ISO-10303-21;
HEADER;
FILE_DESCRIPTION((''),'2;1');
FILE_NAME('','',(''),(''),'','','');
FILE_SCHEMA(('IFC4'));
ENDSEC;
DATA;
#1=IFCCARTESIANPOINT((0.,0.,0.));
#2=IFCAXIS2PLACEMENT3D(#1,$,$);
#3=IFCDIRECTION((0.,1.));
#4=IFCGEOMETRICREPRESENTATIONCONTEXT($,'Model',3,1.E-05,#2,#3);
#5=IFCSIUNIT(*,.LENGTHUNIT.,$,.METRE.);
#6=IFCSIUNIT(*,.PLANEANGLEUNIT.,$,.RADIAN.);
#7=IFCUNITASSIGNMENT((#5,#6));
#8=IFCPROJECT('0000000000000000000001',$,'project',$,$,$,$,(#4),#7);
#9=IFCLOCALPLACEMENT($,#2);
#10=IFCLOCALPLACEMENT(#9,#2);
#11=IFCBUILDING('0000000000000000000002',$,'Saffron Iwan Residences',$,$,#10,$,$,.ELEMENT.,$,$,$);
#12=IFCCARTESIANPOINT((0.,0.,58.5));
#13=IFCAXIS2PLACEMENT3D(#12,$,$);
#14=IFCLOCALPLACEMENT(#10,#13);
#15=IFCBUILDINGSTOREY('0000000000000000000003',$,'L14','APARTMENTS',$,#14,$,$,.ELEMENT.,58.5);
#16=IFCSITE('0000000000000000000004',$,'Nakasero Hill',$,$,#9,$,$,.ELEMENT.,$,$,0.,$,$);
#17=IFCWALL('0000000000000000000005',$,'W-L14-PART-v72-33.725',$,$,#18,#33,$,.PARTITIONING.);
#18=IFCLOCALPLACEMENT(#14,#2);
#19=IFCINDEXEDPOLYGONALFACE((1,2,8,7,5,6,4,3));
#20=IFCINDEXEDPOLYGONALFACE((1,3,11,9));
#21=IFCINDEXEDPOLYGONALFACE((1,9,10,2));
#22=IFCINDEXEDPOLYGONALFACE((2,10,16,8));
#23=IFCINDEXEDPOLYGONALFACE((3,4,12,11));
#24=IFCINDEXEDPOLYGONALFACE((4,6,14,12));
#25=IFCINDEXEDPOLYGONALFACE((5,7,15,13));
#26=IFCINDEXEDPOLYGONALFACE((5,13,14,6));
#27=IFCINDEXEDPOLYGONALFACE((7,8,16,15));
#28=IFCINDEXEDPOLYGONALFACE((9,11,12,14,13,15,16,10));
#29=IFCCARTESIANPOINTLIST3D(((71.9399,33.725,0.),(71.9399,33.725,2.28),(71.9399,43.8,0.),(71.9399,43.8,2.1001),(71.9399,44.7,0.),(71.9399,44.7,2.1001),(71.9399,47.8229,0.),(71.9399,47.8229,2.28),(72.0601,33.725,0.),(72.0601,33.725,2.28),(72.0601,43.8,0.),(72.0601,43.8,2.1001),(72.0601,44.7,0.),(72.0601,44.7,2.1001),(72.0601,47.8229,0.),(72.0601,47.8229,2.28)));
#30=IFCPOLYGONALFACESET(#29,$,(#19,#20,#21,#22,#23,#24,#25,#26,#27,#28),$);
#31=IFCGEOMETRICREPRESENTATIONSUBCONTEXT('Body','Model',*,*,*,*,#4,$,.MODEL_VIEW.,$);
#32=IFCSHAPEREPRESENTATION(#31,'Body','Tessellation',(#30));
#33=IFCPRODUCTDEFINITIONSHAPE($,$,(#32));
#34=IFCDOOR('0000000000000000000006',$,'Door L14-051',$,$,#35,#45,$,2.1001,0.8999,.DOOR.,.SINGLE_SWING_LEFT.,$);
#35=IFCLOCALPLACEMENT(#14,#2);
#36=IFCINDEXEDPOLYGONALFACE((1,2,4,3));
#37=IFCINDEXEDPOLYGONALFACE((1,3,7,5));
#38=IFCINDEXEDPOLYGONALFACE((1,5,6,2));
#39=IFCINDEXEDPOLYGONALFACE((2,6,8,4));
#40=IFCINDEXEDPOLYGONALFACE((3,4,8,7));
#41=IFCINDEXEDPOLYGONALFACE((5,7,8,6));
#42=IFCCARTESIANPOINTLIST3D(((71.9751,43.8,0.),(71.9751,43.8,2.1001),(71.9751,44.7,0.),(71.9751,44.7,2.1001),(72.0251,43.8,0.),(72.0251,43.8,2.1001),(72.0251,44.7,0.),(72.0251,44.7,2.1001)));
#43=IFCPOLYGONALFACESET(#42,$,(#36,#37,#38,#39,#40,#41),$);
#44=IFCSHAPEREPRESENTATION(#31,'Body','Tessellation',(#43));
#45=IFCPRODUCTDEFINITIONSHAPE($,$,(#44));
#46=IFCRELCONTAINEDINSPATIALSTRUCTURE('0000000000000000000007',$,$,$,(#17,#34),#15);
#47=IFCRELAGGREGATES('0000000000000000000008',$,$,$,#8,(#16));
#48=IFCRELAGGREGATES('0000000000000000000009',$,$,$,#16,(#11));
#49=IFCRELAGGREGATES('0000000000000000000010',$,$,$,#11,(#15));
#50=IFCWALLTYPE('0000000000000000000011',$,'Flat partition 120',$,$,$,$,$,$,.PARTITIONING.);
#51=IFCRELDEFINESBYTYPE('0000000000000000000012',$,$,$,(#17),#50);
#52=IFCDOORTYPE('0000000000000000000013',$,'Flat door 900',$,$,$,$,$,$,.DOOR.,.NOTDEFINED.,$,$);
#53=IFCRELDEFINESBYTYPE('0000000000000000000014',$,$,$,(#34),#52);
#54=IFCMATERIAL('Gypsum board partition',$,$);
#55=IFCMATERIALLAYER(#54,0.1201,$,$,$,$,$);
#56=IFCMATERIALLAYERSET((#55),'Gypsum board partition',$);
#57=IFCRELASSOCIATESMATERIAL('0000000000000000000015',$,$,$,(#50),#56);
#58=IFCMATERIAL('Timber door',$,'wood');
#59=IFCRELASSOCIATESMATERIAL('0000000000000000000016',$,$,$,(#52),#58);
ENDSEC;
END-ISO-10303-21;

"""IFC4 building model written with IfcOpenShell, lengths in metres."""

from ifc_helpers import new_model, si_unit, direction, frame, frame_2d, origin, place, context, subcontext, project, spatial, rectangle, extrude, material, layer, layer_set, type_object, element, fill, save


model = new_model("IFC4")

# Units and contexts
model_context = context("Model", 3, precision=1e-05, world=origin(), true_north=direction((0.0, 1.0)))
body_context = subcontext(model_context, "Body", "Model", "MODEL_VIEW")
ifc_project = project(units=[si_unit("LENGTHUNIT", "METRE"), si_unit("PLANEANGLEUNIT", "RADIAN")], contexts=[model_context])

# Site, building, storey
site_placement = place(None, origin())
site = spatial("IfcSite", under=ifc_project, at=site_placement, Name="Nakasero Hill", CompositionType="ELEMENT", RefElevation=0.0)
building_placement = place(site_placement, origin())
building = spatial("IfcBuilding", under=site, at=building_placement, Name="Saffron Iwan Residences", CompositionType="ELEMENT")
storey_placement = place(building_placement, frame((0.0, 0.0, 58.5)))
storey = spatial("IfcBuildingStorey", under=building, at=storey_placement, Name="L14", Description="APARTMENTS", CompositionType="ELEMENT", Elevation=58.5)

# Shared definitions
ifc_material_1 = material(Name="Gypsum board partition")
ifc_layer_1 = layer(ifc_material_1, 0.1201)
ifc_layer_set_1 = layer_set([ifc_layer_1], Name="Gypsum board partition")
wall_type_1 = type_object("IfcWallType", Name="Flat partition 120", PredefinedType="PARTITIONING", material=ifc_layer_set_1)

# Wall, opening, door
wall_1_placement = place(storey_placement, frame((72.0, 33.7251, 0.0), z_axis=(0.0, 0.0, 1.0), x_axis=(0.0, 1.0, 0.0)))
wall_1 = element("IfcWall", 1, at=wall_1_placement, inside=storey, type_object=wall_type_1, Name="W-L14-PART-v72-33.725", PredefinedType="PARTITIONING", context=body_context, shape_type="SweptSolid", body=[
    extrude(rectangle(XDim=14.0979, YDim=0.1201, at=frame_2d((7.0488, 0.0))), origin(), (0.0, 0.0, 1.0), 2.28),
])
opening_1_placement = place(wall_1_placement, frame((10.075, 0.0, 0.0)))
opening_1 = element("IfcOpeningElement", 2, at=opening_1_placement, cuts=wall_1, PredefinedType="OPENING", context=body_context, shape_type="SweptSolid", body=[
    extrude(rectangle(XDim=0.8999, YDim=2.1001, at=frame_2d((0.45, 1.05))), frame((0.0, 0.0701, 0.0), z_axis=(0.0, -1.0, 0.0), x_axis=(1.0, 0.0, 0.0)), (0.0, 0.0, 1.0), 0.1401),
])
ifc_material_2 = material(Name="Timber door", Category="wood")
door_type_1 = type_object("IfcDoorType", Name="Flat door 900", OperationType="NOTDEFINED", PredefinedType="DOOR", material=ifc_material_2)
door_1_placement = place(opening_1_placement, origin())
door_1 = element("IfcDoor", 3, at=door_1_placement, inside=storey, type_object=door_type_1, Name="Door L14-051", OperationType="SINGLE_SWING_LEFT", OverallHeight=2.1001, OverallWidth=0.8999, PredefinedType="DOOR", context=body_context, shape_type="SweptSolid", body=[
    extrude(rectangle(XDim=0.8999, YDim=2.1001, at=frame_2d((0.45, 1.05))), frame((0.0, 0.0249, 0.0), z_axis=(0.0, -1.0, 0.0), x_axis=(1.0, 0.0, 0.0)), (0.0, 0.0, 1.0), 0.05),
])
fill(opening_1, door_1)

save(model, "model.ifc")
